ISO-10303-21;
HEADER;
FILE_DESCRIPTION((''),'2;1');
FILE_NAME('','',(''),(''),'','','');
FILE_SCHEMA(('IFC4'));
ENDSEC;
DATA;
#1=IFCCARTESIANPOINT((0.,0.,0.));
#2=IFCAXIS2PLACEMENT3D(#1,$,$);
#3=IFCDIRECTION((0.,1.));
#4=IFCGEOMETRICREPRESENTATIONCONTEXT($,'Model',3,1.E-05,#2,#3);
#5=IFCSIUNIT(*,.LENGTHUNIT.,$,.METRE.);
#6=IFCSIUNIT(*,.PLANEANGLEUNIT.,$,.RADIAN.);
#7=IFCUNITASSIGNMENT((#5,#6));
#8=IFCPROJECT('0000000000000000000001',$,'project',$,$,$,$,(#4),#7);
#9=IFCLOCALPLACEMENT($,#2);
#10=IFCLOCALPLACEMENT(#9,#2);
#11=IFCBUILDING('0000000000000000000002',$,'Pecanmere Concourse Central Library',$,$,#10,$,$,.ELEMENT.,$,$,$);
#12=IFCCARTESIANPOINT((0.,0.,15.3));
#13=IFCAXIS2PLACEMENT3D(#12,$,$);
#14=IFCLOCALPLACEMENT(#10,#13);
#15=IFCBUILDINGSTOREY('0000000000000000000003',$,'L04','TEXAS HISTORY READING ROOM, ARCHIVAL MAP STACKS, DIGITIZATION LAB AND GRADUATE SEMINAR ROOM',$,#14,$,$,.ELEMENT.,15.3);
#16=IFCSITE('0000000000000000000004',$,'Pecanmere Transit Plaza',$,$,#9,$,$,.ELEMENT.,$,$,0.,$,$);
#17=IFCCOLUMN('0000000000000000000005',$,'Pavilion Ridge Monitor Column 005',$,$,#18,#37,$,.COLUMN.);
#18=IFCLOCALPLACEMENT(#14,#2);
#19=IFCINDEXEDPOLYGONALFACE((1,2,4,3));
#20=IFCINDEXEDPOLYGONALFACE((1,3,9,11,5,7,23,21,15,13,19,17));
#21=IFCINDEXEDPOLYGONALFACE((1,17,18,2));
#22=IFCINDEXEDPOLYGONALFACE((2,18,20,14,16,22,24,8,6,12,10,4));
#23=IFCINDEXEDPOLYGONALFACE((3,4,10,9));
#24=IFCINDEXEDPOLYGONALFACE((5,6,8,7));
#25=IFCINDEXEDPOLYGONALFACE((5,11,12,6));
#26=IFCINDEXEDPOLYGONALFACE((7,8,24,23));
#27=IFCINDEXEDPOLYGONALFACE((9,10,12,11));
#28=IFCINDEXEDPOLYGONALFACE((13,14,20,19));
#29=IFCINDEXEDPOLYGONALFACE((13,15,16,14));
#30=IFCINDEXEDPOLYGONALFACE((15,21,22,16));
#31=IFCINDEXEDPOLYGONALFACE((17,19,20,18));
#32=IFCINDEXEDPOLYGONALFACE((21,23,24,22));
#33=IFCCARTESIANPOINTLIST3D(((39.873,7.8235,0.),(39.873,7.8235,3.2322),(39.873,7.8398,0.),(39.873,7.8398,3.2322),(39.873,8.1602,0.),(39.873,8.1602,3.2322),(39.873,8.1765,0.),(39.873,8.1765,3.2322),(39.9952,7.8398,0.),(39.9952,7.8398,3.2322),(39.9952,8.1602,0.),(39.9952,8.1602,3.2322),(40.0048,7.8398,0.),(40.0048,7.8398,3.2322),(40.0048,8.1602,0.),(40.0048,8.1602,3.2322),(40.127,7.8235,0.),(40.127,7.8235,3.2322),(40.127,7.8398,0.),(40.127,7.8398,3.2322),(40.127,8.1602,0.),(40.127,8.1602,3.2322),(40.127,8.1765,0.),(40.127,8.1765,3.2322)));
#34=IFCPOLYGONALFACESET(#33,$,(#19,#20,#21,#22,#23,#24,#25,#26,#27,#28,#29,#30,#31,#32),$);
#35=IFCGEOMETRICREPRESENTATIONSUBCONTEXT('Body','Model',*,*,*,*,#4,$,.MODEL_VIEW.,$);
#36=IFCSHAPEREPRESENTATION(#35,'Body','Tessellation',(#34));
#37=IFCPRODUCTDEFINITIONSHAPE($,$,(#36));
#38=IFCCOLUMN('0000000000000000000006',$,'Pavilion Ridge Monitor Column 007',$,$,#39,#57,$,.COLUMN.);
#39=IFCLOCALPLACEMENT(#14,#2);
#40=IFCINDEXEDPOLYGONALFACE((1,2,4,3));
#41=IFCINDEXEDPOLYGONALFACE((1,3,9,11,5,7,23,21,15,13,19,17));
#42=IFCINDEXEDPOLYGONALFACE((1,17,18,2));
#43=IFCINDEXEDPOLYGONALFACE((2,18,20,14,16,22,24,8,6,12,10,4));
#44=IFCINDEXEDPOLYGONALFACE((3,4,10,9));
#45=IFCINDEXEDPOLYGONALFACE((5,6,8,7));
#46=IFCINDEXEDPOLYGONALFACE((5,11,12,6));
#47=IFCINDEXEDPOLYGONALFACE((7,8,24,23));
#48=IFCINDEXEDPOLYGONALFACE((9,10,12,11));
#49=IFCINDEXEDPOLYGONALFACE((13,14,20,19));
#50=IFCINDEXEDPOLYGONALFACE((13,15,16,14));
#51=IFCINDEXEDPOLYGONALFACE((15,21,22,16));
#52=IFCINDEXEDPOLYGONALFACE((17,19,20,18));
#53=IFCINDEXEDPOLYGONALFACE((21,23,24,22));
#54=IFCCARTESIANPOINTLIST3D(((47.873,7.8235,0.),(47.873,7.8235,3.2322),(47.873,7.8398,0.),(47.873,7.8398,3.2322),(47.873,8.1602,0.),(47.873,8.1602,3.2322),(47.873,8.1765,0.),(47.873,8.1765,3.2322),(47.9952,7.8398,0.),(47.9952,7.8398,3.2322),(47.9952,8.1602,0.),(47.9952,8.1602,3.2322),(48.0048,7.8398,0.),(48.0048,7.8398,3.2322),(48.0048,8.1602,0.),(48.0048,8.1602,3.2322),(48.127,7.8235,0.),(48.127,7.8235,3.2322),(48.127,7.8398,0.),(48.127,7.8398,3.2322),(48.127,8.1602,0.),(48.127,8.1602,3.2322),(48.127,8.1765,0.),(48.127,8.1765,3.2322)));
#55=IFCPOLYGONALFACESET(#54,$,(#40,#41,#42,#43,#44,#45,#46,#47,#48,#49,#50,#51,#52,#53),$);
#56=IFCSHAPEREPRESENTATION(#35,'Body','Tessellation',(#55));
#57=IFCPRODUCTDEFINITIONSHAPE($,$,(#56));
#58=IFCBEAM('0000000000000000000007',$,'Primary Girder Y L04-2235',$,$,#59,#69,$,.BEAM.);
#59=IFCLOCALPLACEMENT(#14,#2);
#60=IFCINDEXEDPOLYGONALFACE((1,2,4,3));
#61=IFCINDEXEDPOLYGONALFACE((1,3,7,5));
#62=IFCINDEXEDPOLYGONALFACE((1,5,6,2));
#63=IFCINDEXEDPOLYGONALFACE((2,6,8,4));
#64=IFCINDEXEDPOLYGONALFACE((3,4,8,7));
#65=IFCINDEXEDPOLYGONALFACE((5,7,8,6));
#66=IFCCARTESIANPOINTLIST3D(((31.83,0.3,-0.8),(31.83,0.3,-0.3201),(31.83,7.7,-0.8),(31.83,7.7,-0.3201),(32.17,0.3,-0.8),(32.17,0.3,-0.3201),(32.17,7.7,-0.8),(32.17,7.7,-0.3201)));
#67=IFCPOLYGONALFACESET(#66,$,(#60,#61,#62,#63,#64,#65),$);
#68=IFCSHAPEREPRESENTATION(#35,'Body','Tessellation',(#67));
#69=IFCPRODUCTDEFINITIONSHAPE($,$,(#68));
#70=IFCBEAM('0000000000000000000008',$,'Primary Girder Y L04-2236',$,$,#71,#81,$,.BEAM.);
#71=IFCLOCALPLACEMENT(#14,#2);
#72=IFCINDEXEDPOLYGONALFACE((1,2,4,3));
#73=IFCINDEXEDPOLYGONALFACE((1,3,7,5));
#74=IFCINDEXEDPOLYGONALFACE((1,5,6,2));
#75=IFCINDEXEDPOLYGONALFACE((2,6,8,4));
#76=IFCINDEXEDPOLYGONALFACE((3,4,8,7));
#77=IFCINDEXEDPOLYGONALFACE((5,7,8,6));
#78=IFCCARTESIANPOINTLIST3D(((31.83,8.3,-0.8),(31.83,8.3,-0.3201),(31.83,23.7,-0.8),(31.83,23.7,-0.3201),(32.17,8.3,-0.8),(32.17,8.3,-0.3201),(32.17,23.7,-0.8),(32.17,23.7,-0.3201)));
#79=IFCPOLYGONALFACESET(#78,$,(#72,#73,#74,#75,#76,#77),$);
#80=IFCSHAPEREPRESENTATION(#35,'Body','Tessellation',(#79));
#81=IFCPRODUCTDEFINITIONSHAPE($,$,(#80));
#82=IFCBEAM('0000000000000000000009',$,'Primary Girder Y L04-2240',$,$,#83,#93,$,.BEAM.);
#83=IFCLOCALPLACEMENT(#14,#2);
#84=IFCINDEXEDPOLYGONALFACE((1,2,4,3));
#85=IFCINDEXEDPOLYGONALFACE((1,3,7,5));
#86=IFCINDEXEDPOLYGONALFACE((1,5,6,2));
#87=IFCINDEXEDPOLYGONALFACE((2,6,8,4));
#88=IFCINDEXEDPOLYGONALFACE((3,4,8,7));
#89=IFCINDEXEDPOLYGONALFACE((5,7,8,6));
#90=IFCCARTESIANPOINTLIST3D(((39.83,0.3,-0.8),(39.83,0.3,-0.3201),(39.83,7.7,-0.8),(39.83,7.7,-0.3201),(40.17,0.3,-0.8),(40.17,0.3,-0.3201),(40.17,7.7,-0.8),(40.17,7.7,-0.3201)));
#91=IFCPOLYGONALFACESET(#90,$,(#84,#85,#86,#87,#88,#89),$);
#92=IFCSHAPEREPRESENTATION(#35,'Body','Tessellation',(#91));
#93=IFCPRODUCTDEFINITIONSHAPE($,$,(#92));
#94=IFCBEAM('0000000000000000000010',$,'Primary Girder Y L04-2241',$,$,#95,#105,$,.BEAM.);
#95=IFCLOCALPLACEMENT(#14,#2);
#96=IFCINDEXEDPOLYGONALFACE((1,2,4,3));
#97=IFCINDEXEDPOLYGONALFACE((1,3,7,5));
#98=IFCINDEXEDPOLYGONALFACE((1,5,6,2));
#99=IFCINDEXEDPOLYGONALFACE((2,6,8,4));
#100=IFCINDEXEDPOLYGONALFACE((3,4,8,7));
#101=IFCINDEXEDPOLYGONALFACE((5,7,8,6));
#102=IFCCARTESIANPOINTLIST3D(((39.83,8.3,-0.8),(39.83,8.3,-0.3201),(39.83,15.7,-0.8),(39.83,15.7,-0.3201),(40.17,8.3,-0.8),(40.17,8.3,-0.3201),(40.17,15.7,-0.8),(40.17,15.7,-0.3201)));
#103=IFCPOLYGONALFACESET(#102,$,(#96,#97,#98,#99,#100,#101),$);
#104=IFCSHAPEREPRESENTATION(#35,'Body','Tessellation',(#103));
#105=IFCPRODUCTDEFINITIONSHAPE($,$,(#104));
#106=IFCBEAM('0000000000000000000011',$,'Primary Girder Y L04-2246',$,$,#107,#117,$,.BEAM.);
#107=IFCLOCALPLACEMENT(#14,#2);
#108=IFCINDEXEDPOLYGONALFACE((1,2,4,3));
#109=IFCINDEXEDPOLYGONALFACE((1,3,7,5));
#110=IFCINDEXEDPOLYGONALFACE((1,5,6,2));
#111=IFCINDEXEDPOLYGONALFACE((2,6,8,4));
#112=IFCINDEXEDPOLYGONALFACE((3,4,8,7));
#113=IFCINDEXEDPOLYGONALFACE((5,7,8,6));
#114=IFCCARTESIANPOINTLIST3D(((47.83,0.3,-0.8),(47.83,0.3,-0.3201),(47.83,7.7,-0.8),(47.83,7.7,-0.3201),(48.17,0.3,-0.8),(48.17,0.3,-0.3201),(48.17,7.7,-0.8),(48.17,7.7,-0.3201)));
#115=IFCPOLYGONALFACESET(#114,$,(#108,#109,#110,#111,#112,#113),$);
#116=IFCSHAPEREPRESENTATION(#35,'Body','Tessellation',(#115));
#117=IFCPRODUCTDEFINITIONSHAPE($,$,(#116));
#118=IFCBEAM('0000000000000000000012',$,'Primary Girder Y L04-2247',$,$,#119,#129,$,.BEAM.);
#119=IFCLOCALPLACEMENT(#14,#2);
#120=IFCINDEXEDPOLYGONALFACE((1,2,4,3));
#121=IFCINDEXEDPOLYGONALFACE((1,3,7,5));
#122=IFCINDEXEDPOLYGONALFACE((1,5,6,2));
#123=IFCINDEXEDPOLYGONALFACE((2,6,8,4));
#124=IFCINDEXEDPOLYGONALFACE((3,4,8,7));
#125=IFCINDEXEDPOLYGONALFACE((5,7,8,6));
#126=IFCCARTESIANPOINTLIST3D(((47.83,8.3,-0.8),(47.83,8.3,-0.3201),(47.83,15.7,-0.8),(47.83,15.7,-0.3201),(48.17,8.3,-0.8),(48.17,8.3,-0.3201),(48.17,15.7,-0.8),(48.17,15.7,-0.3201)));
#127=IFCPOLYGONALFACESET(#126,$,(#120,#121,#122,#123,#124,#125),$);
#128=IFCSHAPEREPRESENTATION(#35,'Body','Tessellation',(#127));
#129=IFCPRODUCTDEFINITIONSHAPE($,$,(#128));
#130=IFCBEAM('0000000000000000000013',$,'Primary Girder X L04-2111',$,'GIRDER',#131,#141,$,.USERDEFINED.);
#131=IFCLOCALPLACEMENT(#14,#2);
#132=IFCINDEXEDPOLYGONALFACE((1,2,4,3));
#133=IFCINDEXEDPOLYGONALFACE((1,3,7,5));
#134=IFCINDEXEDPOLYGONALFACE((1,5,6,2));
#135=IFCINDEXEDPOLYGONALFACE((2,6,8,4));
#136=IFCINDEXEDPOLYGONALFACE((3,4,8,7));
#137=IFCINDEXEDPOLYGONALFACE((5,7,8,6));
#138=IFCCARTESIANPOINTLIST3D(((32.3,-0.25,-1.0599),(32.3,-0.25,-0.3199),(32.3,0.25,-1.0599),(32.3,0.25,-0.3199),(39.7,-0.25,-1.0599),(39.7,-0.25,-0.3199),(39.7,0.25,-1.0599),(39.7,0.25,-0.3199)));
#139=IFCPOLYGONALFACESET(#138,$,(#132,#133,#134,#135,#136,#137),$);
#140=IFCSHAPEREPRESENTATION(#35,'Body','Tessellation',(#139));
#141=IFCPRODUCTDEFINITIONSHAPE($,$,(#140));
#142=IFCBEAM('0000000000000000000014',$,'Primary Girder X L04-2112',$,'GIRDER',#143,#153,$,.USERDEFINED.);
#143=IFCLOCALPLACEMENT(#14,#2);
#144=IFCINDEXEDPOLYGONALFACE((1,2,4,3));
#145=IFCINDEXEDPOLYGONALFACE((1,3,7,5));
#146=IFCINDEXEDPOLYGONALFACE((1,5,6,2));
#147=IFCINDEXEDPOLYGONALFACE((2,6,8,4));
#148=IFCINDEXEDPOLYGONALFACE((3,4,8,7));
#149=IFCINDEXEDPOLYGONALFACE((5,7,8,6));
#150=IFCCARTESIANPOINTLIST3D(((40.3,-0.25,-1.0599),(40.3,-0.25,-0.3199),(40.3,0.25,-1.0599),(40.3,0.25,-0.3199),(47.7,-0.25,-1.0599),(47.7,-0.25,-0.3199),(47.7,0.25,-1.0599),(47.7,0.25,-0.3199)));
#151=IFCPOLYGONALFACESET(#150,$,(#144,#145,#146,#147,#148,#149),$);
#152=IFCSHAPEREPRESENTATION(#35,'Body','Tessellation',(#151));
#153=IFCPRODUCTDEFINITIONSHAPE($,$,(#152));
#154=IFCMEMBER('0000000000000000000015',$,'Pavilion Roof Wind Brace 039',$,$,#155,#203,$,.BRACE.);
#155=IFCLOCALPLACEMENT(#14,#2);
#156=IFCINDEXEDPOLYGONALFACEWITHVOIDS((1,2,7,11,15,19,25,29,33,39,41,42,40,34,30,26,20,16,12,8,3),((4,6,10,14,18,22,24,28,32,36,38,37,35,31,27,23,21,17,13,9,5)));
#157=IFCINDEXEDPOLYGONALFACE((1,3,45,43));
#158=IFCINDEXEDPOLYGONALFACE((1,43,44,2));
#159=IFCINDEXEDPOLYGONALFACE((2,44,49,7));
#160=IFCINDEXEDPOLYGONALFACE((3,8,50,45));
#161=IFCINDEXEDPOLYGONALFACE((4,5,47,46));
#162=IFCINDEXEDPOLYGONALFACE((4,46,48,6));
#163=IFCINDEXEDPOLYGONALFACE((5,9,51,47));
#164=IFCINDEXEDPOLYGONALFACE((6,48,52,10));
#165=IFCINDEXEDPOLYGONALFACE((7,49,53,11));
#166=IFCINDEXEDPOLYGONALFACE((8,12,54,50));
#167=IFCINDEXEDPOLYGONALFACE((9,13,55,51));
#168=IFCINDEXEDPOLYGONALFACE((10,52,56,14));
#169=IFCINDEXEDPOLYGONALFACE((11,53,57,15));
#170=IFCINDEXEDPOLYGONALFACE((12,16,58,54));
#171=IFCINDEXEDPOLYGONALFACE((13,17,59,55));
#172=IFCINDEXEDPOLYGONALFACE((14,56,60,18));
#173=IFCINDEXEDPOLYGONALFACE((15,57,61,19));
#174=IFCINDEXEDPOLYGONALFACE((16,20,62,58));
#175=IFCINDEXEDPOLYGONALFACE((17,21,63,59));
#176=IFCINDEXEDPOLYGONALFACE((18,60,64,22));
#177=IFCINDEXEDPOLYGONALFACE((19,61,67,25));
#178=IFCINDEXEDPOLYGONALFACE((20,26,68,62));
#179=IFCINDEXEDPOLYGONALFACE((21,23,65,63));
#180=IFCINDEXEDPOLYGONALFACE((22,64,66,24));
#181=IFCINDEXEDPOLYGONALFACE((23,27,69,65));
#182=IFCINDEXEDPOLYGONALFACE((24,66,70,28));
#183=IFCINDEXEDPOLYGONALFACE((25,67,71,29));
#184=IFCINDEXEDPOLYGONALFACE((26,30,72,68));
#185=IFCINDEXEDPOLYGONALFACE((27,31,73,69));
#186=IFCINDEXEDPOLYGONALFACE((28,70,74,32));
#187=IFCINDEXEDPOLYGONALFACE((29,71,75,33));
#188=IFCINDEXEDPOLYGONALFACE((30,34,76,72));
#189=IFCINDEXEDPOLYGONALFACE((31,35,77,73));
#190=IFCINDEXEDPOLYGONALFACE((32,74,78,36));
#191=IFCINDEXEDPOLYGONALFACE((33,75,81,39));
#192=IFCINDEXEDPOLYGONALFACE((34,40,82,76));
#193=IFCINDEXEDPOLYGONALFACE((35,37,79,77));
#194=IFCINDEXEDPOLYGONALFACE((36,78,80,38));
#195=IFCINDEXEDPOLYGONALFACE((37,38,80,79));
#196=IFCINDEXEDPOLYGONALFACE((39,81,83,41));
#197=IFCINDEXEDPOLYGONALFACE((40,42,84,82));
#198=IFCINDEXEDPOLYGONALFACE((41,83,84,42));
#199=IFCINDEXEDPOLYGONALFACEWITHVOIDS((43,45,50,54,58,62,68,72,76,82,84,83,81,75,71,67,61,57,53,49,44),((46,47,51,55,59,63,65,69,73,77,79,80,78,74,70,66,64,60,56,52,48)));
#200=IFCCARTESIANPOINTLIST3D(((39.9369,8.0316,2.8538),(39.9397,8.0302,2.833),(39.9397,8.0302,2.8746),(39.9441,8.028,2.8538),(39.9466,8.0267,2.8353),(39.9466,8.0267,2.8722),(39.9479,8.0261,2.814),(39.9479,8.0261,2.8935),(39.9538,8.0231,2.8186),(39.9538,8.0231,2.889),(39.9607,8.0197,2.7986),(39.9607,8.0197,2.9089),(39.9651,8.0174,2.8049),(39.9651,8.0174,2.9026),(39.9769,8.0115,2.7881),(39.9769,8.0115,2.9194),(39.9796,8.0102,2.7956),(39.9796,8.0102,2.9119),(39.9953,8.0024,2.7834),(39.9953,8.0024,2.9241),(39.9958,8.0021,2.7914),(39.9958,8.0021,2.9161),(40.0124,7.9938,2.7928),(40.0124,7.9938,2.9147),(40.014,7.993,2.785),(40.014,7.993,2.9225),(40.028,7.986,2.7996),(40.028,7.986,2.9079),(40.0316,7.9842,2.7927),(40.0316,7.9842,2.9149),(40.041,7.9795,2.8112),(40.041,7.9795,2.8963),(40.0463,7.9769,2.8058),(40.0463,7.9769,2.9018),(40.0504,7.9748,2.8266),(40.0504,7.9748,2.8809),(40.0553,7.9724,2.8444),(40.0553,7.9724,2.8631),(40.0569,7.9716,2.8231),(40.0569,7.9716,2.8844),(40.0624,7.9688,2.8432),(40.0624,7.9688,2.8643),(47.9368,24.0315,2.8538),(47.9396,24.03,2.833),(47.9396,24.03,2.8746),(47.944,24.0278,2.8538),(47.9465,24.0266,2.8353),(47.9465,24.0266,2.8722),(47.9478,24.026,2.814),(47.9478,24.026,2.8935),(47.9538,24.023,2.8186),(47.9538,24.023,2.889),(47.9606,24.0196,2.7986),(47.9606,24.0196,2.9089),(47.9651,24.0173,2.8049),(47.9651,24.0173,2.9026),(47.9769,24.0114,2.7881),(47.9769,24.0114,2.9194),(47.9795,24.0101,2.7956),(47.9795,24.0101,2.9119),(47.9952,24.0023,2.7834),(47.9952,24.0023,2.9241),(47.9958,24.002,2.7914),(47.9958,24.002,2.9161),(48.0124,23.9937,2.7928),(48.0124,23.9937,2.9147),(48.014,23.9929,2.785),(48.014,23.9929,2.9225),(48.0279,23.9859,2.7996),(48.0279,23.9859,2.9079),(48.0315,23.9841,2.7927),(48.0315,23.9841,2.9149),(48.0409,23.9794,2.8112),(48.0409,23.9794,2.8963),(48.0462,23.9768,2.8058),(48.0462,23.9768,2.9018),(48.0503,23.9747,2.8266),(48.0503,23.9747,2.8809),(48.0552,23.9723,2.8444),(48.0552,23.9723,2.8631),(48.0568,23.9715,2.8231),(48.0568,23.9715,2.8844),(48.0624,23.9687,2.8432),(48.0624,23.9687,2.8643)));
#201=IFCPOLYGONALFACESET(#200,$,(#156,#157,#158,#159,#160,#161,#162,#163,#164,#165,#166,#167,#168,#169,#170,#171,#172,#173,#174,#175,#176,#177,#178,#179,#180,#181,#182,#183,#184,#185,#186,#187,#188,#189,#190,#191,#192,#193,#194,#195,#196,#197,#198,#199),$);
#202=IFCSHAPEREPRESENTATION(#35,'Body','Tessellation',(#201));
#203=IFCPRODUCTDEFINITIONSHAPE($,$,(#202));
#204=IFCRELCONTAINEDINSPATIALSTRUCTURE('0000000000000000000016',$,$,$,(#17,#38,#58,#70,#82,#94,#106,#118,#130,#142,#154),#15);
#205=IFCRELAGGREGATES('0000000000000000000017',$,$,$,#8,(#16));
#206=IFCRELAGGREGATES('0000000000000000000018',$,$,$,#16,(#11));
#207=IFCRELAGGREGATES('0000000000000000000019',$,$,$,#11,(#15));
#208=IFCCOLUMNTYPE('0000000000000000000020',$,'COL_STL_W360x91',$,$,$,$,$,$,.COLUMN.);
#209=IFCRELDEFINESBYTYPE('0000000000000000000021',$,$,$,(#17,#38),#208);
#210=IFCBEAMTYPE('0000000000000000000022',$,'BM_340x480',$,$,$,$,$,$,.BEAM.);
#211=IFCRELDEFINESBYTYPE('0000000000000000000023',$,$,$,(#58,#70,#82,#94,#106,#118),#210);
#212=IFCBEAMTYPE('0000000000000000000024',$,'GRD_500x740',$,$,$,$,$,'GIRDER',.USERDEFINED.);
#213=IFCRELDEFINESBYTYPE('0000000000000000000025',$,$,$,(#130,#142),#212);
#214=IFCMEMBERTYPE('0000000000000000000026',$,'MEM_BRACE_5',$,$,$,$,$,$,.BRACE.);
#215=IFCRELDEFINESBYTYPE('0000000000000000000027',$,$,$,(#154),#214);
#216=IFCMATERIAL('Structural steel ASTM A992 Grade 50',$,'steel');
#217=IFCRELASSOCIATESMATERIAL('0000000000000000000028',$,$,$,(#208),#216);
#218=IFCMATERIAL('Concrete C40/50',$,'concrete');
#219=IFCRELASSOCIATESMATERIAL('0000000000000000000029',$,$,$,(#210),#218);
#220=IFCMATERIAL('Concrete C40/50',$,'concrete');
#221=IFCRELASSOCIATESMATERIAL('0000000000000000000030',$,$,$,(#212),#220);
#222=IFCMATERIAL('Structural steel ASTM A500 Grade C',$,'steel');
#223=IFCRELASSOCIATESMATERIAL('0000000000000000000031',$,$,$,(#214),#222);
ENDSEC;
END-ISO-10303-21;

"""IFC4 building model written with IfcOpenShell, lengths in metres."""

from ifc_helpers import new_model, si_unit, direction, frame, origin, origin_2d, place, context, subcontext, project, spatial, rectangle, hollow_circle, i_section, extrude, material, material_profile, profile_set, type_object, element, save


model = new_model("IFC4")

# Units and contexts
model_context = context("Model", 3, precision=1e-05, world=origin(), true_north=direction((0.0, 1.0)))
body_context = subcontext(model_context, "Body", "Model", "MODEL_VIEW")
ifc_project = project(units=[si_unit("LENGTHUNIT", "METRE"), si_unit("PLANEANGLEUNIT", "RADIAN")], contexts=[model_context])

# Site, building, storey
site_placement = place(None, origin())
site = spatial("IfcSite", under=ifc_project, at=site_placement, Name="Pecanmere Transit Plaza", CompositionType="ELEMENT", RefElevation=0.0)
building_placement = place(site_placement, origin())
building = spatial("IfcBuilding", under=site, at=building_placement, Name="Pecanmere Concourse Central Library", CompositionType="ELEMENT")
storey_placement = place(building_placement, frame((0.0, 0.0, 15.3)))
storey = spatial("IfcBuildingStorey", under=building, at=storey_placement, Name="L04", Description="TEXAS HISTORY READING ROOM, ARCHIVAL MAP STACKS, DIGITIZATION LAB AND GRADUATE SEMINAR ROOM", CompositionType="ELEMENT", Elevation=15.3)

# Columns
ifc_material_1 = material(Name="Structural steel ASTM A992 Grade 50", Category="steel")
ifc_material_profile_1 = material_profile(ifc_material_1, i_section(OverallWidth=0.2539, OverallDepth=0.353, WebThickness=0.0095, FlangeThickness=0.0164, at=origin_2d()), Name="W360x91")
ifc_profile_set_1 = profile_set([ifc_material_profile_1], Name="Structural steel ASTM A992 Grade 50")
column_type = type_object("IfcColumnType", Name="COL_STL_W360x91", PredefinedType="COLUMN", material=ifc_profile_set_1)
for number, where, z_axis, x_axis, name in (
    (1, (40.0, 8.0, 0.0), (0.0, 0.0, 1.0), (1.0, 0.0, 0.0), "Pavilion Ridge Monitor Column 005"),
    (2, (48.0, 8.0, 0.0), (0.0, 0.0, 1.0), (1.0, 0.0, 0.0), "Pavilion Ridge Monitor Column 007"),
):
    element("IfcColumn", number, at=place(storey_placement, frame(where, z_axis=z_axis, x_axis=x_axis)), inside=storey, type_object=column_type, Name=name, PredefinedType="COLUMN", context=body_context, shape_type="SweptSolid", body=[
        extrude(i_section(OverallWidth=0.2539, OverallDepth=0.353, WebThickness=0.0095, FlangeThickness=0.0164, at=origin_2d()), origin(), (0.0, 0.0, 1.0), 3.2322),
    ])

# Beams
ifc_material_2 = material(Name="Concrete C40/50", Category="concrete")
ifc_material_profile_2 = material_profile(ifc_material_2, rectangle(XDim=0.3401, YDim=0.48, at=origin_2d()), Name="RC 340x480")
ifc_profile_set_2 = profile_set([ifc_material_profile_2], Name="Concrete C40/50")
beam_type_1 = type_object("IfcBeamType", Name="BM_340x480", PredefinedType="BEAM", material=ifc_profile_set_2)
beam_1_placement = place(storey_placement, frame((32.0, 0.3, -0.5601), z_axis=(0.0, 1.0, 0.0), x_axis=(-1.0, 0.0, 0.0)))
element("IfcBeam", 3, at=beam_1_placement, inside=storey, type_object=beam_type_1, Name="Primary Girder Y L04-2235", PredefinedType="BEAM", context=body_context, shape_type="SweptSolid", body=[
    extrude(rectangle(XDim=0.3401, YDim=0.48, at=origin_2d()), origin(), (0.0, 0.0, 1.0), 7.3999),
])
beam_2_placement = place(storey_placement, frame((32.0, 8.3, -0.5601), z_axis=(0.0, 1.0, 0.0), x_axis=(-1.0, 0.0, 0.0)))
element("IfcBeam", 4, at=beam_2_placement, inside=storey, type_object=beam_type_1, Name="Primary Girder Y L04-2236", PredefinedType="BEAM", context=body_context, shape_type="SweptSolid", body=[
    extrude(rectangle(XDim=0.3401, YDim=0.48, at=origin_2d()), origin(), (0.0, 0.0, 1.0), 15.3999),
])
for number, where, z_axis, x_axis, name in (
    (5, (40.0, 0.3, -0.5601), (0.0, 1.0, 0.0), (-1.0, 0.0, 0.0), "Primary Girder Y L04-2240"),
    (6, (40.0, 8.3, -0.5601), (0.0, 1.0, 0.0), (-1.0, 0.0, 0.0), "Primary Girder Y L04-2241"),
    (7, (48.0, 0.3, -0.5601), (0.0, 1.0, 0.0), (-1.0, 0.0, 0.0), "Primary Girder Y L04-2246"),
    (8, (48.0, 8.3, -0.5601), (0.0, 1.0, 0.0), (-1.0, 0.0, 0.0), "Primary Girder Y L04-2247"),
):
    element("IfcBeam", number, at=place(storey_placement, frame(where, z_axis=z_axis, x_axis=x_axis)), inside=storey, type_object=beam_type_1, Name=name, PredefinedType="BEAM", context=body_context, shape_type="SweptSolid", body=[
        extrude(rectangle(XDim=0.3401, YDim=0.48, at=origin_2d()), origin(), (0.0, 0.0, 1.0), 7.3999),
    ])
ifc_material_3 = material(Name="Concrete C40/50", Category="concrete")
ifc_material_profile_3 = material_profile(ifc_material_3, rectangle(XDim=0.5, YDim=0.74, at=origin_2d()), Name="RC 500x740")
ifc_profile_set_3 = profile_set([ifc_material_profile_3], Name="Concrete C40/50")
beam_type_2 = type_object("IfcBeamType", Name="GRD_500x740", ElementType="GIRDER", PredefinedType="USERDEFINED", material=ifc_profile_set_3)
for number, where, z_axis, x_axis, name in (
    (9, (32.3, 0.0, -0.6899), (1.0, 0.0, 0.0), (0.0, 1.0, 0.0), "Primary Girder X L04-2111"),
    (10, (40.3, 0.0, -0.6899), (1.0, 0.0, 0.0), (0.0, 1.0, 0.0), "Primary Girder X L04-2112"),
):
    element("IfcBeam", number, at=place(storey_placement, frame(where, z_axis=z_axis, x_axis=x_axis)), inside=storey, type_object=beam_type_2, Name=name, ObjectType="GIRDER", PredefinedType="USERDEFINED", context=body_context, shape_type="SweptSolid", body=[
        extrude(rectangle(XDim=0.5, YDim=0.74, at=origin_2d()), origin(), (0.0, 0.0, 1.0), 7.3999),
    ])

# Member
ifc_material_4 = material(Name="Structural steel ASTM A500 Grade C", Category="steel")
ifc_material_profile_4 = material_profile(ifc_material_4, hollow_circle(Radius=0.0706, WallThickness=0.0081, at=origin_2d()), Name="HSS141.3x8.0")
ifc_profile_set_4 = profile_set([ifc_material_profile_4], Name="Structural steel ASTM A500 Grade C")
member_type_1 = type_object("IfcMemberType", Name="MEM_BRACE_5", PredefinedType="BRACE", material=ifc_profile_set_4)
member_1_placement = place(storey_placement, frame((40.0, 8.0, 2.8538), z_axis=(0.447214, 0.894427, 0.0), x_axis=(-0.894427, 0.447214, 0.0)))
element("IfcMember", 11, at=member_1_placement, inside=storey, type_object=member_type_1, Name="Pavilion Roof Wind Brace 039", PredefinedType="BRACE", context=body_context, shape_type="SweptSolid", body=[
    extrude(hollow_circle(Radius=0.0706, WallThickness=0.0081, at=origin_2d()), origin(), (0.0, 0.0, 1.0), 17.8884),
])

save(model, "model.ifc")
